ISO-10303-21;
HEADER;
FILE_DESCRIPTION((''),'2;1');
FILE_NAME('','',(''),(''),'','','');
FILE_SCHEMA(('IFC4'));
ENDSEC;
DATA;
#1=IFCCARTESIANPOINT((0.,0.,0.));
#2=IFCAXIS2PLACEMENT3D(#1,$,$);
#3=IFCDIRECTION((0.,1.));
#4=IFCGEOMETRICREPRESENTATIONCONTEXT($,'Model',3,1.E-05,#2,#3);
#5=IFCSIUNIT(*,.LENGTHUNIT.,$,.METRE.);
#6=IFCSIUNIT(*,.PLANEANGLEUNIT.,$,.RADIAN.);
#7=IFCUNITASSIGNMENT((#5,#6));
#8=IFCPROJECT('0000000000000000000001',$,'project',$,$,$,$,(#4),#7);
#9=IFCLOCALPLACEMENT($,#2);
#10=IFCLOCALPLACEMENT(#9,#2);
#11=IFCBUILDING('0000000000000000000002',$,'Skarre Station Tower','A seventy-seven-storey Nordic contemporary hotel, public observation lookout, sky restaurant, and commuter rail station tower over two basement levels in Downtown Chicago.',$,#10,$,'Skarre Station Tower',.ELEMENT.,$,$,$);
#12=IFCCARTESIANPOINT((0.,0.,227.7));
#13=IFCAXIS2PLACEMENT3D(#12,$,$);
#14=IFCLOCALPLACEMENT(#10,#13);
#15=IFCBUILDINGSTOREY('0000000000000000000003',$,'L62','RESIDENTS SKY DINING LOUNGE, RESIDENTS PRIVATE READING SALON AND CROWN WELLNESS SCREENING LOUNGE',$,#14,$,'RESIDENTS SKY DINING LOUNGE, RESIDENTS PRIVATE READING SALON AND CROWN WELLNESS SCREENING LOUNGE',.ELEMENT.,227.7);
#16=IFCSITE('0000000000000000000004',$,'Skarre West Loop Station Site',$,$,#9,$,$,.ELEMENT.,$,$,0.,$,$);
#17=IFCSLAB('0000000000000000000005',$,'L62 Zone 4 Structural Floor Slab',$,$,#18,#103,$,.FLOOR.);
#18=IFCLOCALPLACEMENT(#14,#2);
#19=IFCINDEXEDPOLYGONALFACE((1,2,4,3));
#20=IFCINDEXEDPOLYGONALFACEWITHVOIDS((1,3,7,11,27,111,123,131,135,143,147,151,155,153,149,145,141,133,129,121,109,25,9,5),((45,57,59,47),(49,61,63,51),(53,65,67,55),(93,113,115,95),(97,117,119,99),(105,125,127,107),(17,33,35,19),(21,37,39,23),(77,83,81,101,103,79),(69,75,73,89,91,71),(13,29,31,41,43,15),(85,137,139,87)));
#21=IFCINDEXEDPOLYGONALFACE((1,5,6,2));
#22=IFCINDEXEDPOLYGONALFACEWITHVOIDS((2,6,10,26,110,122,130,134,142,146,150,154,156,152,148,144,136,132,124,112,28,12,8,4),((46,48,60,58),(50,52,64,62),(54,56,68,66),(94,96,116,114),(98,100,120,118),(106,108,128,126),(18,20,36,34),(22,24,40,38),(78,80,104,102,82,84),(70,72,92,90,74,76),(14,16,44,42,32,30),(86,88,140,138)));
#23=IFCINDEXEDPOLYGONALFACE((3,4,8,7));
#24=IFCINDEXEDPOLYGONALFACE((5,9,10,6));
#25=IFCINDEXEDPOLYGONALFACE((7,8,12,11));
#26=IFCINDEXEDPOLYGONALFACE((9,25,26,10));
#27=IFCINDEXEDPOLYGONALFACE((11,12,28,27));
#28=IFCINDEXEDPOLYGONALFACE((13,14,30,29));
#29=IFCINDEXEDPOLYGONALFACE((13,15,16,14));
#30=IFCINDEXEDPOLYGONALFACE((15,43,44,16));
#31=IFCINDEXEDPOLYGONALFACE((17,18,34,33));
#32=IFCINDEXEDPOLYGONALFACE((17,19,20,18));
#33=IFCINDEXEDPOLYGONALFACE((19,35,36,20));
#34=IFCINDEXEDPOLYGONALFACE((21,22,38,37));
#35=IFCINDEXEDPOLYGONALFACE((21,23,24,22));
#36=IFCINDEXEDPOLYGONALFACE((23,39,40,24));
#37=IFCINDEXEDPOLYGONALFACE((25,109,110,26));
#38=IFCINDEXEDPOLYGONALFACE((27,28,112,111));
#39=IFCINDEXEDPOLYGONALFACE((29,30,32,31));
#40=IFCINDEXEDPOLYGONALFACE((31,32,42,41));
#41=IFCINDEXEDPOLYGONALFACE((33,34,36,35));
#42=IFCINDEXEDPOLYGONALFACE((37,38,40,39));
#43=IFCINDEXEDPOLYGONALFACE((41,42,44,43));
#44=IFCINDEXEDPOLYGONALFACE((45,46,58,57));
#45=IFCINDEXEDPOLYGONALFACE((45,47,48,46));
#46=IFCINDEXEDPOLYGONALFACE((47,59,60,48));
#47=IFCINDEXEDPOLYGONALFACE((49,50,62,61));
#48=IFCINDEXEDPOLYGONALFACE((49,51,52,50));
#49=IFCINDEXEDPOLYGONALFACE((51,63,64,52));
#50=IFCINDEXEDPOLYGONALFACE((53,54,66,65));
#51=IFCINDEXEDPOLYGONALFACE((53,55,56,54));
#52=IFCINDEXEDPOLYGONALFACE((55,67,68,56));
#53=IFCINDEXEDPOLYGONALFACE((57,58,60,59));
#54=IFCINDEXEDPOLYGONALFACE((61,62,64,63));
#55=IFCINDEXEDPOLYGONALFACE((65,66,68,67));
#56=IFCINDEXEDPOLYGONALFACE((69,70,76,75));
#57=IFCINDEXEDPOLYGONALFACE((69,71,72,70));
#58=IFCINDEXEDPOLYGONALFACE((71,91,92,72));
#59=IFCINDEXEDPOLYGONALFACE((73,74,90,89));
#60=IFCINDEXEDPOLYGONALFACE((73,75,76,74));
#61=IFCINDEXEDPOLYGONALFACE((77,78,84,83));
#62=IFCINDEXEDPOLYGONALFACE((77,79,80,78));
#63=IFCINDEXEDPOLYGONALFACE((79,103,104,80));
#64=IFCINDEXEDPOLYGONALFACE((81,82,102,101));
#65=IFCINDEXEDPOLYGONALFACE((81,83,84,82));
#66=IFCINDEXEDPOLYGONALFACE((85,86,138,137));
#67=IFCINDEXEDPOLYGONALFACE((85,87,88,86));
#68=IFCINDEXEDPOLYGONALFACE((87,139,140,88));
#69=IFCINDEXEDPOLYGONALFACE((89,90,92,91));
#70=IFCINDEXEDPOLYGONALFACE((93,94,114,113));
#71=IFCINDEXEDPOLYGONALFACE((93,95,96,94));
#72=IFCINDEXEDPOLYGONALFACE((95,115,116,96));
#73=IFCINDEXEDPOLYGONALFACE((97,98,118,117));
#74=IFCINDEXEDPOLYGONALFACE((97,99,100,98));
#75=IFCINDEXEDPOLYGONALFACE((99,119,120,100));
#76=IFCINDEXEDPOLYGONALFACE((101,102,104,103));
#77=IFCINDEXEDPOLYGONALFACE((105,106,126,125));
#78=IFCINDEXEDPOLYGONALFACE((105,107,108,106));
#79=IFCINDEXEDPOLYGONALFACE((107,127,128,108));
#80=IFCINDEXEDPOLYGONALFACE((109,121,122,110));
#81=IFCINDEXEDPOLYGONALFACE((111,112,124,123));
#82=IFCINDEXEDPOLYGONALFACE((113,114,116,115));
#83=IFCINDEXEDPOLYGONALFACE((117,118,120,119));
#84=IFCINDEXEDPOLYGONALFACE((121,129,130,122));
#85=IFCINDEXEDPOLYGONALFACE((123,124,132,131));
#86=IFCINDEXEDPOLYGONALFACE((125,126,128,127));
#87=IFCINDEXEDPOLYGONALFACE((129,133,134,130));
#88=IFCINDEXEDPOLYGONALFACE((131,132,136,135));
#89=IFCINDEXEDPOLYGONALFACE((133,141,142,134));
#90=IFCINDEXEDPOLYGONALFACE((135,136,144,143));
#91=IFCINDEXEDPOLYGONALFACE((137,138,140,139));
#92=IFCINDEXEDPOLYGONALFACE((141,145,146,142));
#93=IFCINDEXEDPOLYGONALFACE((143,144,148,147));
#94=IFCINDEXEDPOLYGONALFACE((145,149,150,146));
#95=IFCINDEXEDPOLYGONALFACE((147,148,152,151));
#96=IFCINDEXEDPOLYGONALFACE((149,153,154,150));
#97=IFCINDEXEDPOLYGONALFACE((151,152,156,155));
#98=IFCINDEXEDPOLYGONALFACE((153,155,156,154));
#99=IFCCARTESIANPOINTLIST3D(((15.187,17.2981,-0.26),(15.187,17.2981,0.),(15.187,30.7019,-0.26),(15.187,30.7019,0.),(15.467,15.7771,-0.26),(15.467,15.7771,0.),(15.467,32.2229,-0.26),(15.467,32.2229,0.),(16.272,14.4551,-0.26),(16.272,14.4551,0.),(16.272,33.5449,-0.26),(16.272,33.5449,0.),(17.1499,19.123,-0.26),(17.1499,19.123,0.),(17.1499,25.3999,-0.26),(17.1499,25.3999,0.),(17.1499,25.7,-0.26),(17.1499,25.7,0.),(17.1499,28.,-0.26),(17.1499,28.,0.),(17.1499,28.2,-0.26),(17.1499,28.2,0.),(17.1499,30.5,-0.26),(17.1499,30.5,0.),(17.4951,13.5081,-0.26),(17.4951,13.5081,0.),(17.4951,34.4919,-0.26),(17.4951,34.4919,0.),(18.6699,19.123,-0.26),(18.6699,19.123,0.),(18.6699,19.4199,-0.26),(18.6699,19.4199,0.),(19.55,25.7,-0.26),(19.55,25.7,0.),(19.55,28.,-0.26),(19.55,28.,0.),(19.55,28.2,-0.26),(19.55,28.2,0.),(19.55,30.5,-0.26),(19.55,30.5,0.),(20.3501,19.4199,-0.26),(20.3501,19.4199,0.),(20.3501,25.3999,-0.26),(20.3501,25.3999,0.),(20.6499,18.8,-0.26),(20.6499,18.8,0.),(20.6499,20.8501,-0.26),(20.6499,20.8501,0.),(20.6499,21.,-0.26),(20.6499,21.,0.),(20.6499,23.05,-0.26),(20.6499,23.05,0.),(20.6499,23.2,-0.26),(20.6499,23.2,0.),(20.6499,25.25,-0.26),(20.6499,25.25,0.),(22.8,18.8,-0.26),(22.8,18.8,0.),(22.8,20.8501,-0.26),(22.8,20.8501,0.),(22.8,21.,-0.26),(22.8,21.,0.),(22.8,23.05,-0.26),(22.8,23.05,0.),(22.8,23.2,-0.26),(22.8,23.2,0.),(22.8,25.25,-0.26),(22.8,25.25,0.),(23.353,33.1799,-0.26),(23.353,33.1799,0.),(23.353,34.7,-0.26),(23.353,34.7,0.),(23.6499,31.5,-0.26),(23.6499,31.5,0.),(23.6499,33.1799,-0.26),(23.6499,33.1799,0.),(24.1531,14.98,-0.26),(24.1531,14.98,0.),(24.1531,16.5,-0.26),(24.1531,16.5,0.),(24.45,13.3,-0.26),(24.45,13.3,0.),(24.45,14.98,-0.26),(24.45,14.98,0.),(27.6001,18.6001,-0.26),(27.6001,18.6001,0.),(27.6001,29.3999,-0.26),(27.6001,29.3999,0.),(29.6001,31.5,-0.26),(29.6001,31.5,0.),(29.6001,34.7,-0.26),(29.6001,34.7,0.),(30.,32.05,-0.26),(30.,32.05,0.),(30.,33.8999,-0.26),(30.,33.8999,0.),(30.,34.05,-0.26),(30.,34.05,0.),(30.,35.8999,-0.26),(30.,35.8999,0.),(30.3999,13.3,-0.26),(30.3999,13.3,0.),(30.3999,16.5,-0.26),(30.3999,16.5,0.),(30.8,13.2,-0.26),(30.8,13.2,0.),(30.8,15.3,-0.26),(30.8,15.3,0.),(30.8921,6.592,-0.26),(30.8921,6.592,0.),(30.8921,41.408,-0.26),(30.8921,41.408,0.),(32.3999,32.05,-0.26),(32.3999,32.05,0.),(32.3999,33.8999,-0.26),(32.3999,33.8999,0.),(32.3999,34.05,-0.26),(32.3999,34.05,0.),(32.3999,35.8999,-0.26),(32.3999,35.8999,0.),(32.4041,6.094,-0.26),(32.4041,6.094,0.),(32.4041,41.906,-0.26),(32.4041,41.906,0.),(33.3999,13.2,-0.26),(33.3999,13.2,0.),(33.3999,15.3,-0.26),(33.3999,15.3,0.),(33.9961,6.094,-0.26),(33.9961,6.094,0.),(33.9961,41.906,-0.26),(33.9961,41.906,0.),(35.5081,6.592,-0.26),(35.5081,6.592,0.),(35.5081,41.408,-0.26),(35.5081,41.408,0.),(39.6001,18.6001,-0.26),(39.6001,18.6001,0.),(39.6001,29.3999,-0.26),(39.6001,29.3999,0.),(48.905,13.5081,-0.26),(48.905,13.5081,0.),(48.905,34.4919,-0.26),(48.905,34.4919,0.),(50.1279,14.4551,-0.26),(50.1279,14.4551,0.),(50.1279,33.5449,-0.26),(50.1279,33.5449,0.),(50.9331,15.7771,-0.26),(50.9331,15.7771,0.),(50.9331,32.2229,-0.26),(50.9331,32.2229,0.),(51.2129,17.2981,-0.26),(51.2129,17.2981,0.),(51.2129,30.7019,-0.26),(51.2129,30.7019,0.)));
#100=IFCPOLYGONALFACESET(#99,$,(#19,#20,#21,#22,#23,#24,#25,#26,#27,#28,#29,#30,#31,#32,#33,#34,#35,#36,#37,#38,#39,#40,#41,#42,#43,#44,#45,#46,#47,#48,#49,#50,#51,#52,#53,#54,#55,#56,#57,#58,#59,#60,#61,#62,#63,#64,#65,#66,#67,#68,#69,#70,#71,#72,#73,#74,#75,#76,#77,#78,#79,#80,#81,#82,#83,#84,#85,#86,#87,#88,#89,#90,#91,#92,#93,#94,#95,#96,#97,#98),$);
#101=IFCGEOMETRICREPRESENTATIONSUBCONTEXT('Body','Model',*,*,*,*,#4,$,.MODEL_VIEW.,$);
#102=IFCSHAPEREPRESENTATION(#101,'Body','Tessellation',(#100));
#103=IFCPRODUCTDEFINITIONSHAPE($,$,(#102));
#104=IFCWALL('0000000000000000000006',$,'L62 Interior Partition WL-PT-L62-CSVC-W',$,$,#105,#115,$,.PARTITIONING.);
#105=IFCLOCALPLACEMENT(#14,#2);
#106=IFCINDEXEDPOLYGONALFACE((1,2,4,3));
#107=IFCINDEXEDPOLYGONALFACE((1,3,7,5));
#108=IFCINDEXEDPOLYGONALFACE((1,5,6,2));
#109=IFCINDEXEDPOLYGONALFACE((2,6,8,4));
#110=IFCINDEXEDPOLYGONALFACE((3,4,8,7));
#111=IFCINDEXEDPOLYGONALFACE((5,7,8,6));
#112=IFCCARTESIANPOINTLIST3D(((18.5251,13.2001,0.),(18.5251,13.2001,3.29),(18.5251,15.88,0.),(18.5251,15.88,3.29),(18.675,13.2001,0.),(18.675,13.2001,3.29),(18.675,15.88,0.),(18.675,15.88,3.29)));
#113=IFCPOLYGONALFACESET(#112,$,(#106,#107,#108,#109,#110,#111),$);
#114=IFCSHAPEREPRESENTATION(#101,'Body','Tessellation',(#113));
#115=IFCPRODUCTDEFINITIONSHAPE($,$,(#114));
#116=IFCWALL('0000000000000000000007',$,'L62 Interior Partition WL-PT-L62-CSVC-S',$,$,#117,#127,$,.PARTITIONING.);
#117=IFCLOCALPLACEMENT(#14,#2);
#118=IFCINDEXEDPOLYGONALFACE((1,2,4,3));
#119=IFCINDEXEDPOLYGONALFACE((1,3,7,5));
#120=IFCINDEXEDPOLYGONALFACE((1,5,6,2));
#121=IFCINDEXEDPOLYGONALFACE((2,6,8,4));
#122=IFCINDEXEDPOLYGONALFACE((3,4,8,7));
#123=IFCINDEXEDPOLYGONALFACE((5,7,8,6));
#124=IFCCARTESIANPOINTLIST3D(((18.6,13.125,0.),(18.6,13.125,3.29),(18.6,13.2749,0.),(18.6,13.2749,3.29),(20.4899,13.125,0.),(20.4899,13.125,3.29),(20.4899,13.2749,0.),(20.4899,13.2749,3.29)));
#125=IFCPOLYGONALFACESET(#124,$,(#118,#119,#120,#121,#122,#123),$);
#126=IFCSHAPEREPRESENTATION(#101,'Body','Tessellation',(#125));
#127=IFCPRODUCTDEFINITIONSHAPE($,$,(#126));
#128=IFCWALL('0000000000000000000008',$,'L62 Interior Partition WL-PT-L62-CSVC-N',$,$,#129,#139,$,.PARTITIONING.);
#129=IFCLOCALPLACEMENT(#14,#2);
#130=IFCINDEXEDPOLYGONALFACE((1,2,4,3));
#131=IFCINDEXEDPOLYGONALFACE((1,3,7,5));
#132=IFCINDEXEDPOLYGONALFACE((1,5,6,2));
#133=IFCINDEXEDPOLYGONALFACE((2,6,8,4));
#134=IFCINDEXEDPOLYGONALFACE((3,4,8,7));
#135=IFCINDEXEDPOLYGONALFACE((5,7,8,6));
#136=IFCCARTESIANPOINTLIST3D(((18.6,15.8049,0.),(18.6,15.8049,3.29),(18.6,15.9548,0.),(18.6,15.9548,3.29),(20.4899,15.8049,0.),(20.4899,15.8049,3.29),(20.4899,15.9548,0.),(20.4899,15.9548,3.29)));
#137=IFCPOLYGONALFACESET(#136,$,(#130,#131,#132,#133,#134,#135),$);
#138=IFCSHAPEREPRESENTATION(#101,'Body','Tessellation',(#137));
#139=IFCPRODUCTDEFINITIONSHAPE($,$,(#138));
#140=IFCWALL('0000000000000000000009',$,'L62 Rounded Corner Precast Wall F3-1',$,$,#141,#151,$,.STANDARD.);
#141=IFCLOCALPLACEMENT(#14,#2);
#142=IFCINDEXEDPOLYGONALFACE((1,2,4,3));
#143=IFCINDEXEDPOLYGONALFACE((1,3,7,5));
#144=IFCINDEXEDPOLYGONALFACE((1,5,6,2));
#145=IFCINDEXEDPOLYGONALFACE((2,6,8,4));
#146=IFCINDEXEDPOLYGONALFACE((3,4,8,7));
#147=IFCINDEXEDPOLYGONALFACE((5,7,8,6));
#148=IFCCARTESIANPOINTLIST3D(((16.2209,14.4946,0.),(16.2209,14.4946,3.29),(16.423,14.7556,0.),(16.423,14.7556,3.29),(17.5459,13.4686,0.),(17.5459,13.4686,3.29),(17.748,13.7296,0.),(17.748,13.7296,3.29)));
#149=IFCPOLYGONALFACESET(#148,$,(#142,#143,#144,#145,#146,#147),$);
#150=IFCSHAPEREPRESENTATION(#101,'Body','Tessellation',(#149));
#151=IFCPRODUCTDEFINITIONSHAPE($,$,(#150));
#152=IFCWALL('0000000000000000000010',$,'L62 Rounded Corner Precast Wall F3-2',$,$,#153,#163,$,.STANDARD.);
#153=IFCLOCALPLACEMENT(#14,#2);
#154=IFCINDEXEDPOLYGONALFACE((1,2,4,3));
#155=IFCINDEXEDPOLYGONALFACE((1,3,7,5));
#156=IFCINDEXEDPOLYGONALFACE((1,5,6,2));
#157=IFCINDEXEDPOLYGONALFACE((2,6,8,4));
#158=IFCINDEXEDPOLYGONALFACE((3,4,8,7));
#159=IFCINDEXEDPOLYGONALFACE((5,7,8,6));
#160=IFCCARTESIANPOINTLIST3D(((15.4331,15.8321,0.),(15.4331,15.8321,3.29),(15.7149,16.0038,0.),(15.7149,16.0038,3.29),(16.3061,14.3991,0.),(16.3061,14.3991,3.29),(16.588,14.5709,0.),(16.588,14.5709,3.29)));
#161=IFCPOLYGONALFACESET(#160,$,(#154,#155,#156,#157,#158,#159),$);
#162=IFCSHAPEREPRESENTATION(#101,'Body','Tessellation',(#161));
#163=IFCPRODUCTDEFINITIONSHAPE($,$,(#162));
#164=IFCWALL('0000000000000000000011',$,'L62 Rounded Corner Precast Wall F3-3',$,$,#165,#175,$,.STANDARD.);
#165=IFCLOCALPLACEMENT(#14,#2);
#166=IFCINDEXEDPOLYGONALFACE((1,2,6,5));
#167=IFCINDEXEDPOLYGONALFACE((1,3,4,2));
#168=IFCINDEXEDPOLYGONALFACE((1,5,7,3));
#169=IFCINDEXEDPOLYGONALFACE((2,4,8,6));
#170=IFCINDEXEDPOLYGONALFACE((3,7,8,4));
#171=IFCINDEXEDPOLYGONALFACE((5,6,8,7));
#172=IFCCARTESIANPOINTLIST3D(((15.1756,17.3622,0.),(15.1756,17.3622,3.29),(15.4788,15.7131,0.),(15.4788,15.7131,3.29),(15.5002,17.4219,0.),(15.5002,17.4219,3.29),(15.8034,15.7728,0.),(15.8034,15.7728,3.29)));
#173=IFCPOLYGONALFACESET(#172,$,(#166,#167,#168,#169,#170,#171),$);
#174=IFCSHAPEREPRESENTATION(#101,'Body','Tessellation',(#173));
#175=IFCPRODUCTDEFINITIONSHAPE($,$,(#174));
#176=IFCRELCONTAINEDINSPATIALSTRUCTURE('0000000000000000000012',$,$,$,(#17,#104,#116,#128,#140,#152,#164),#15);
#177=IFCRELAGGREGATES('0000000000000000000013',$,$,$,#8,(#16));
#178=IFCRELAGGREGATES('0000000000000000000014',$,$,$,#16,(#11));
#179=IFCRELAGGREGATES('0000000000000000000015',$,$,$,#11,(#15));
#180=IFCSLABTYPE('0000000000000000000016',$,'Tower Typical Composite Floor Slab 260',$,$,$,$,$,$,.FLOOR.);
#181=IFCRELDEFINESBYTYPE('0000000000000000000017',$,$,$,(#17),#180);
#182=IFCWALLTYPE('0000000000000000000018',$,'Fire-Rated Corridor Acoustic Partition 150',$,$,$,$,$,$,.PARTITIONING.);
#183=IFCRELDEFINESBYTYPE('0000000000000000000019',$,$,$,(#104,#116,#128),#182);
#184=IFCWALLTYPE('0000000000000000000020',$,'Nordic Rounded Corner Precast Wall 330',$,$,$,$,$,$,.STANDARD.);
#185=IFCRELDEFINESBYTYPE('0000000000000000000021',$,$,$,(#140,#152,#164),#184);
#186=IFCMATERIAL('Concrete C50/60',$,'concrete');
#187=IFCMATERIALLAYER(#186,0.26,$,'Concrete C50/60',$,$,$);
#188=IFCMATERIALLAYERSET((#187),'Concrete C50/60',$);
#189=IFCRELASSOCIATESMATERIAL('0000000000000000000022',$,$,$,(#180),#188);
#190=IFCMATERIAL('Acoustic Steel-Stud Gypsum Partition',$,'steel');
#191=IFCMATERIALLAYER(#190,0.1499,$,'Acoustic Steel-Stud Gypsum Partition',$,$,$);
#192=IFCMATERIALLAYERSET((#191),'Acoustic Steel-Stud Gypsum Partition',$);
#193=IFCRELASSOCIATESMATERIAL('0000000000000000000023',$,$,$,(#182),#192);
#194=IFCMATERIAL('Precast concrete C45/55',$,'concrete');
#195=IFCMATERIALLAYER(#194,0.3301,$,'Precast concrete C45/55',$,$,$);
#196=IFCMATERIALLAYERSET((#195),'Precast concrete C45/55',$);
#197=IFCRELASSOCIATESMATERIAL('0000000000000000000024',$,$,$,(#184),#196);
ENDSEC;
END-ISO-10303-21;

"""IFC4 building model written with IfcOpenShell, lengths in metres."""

from ifc_helpers import new_model, si_unit, direction, frame, frame_2d, origin, place, context, subcontext, project, spatial, polyline, rectangle, outline, extrude, material, layer, layer_set, type_object, element, save


model = new_model("IFC4")

# Units and contexts
model_context = context("Model", 3, precision=1e-05, world=origin(), true_north=direction((0.0, 1.0)))
body_context = subcontext(model_context, "Body", "Model", "MODEL_VIEW")
ifc_project = project(units=[si_unit("LENGTHUNIT", "METRE"), si_unit("PLANEANGLEUNIT", "RADIAN")], contexts=[model_context])

# Site, building, storey
site_placement = place(None, origin())
site = spatial("IfcSite", under=ifc_project, at=site_placement, Name="Skarre West Loop Station Site", CompositionType="ELEMENT", RefElevation=0.0)
building_placement = place(site_placement, origin())
building = spatial("IfcBuilding", under=site, at=building_placement, Name="Skarre Station Tower", Description="A seventy-seven-storey Nordic contemporary hotel, public observation lookout, sky restaurant, and commuter rail station tower over two basement levels in Downtown Chicago.", LongName="Skarre Station Tower", CompositionType="ELEMENT")
storey_placement = place(building_placement, frame((0.0, 0.0, 227.7)))
storey = spatial("IfcBuildingStorey", under=building, at=storey_placement, Name="L62", Description="RESIDENTS SKY DINING LOUNGE, RESIDENTS PRIVATE READING SALON AND CROWN WELLNESS SCREENING LOUNGE", LongName="RESIDENTS SKY DINING LOUNGE, RESIDENTS PRIVATE READING SALON AND CROWN WELLNESS SCREENING LOUNGE", CompositionType="ELEMENT", Elevation=227.7)

# Shared definitions
ifc_material_1 = material(Name="Concrete C50/60", Category="concrete")

# Slab
ifc_layer_1 = layer(ifc_material_1, 0.26, Name="Concrete C50/60")
ifc_layer_set_1 = layer_set([ifc_layer_1], Name="Concrete C50/60")
slab_type_1 = type_object("IfcSlabType", Name="Tower Typical Composite Floor Slab 260", PredefinedType="FLOOR", material=ifc_layer_set_1)
slab_1_placement = place(storey_placement, frame((0.0, 0.0, -0.26)))
element("IfcSlab", 1, at=slab_1_placement, inside=storey, type_object=slab_type_1, Name="L62 Zone 4 Structural Floor Slab", PredefinedType="FLOOR", context=body_context, shape_type="SweptSolid", body=[
    extrude(outline(polyline([(51.2129, 30.7019), (50.9331, 32.2229), (50.1279, 33.5449), (48.905, 34.4919), (35.5081, 41.408), (33.9961, 41.906), (32.4041, 41.906), (30.8921, 41.408), (17.4951, 34.4919), (16.272, 33.5449), (15.467, 32.2229), (15.187, 30.7019), (15.187, 17.2981), (15.467, 15.7771), (16.272, 14.4551), (17.4951, 13.5081), (30.8921, 6.592), (32.4041, 6.094), (33.9961, 6.094), (35.5081, 6.592), (48.905, 13.5081), (50.1279, 14.4551), (50.9331, 15.7771), (51.2129, 17.2981), (51.2129, 30.7019)]), holes=[polyline([(18.6699, 19.4199), (18.6699, 19.123), (17.1499, 19.123), (17.1499, 25.3999), (20.3501, 25.3999), (20.3501, 19.4199), (18.6699, 19.4199)]), polyline([(24.45, 14.98), (24.1531, 14.98), (24.1531, 16.5), (30.3999, 16.5), (30.3999, 13.3), (24.45, 13.3), (24.45, 14.98)]), polyline([(23.6499, 33.1799), (23.353, 33.1799), (23.353, 34.7), (29.6001, 34.7), (29.6001, 31.5), (23.6499, 31.5), (23.6499, 33.1799)]), polyline([(17.1499, 28.0), (19.55, 28.0), (19.55, 25.7), (17.1499, 25.7), (17.1499, 28.0)]), polyline([(17.1499, 30.5), (19.55, 30.5), (19.55, 28.2), (17.1499, 28.2), (17.1499, 30.5)]), polyline([(30.8, 15.3), (33.3999, 15.3), (33.3999, 13.2), (30.8, 13.2), (30.8, 15.3)]), polyline([(20.6499, 20.8501), (22.8, 20.8501), (22.8, 18.8), (20.6499, 18.8), (20.6499, 20.8501)]), polyline([(20.6499, 23.05), (22.8, 23.05), (22.8, 21.0), (20.6499, 21.0), (20.6499, 23.05)]), polyline([(20.6499, 25.25), (22.8, 25.25), (22.8, 23.2), (20.6499, 23.2), (20.6499, 25.25)]), polyline([(30.0, 33.8999), (32.3999, 33.8999), (32.3999, 32.05), (30.0, 32.05), (30.0, 33.8999)]), polyline([(30.0, 35.8999), (32.3999, 35.8999), (32.3999, 34.05), (30.0, 34.05), (30.0, 35.8999)]), polyline([(27.6001, 29.3999), (39.6001, 29.3999), (39.6001, 18.6001), (27.6001, 18.6001), (27.6001, 29.3999)])]), origin(), (0.0, 0.0, 1.0), 0.26),
])

# Walls
ifc_material_2 = material(Name="Acoustic Steel-Stud Gypsum Partition", Category="steel")
ifc_layer_2 = layer(ifc_material_2, 0.1499, Name="Acoustic Steel-Stud Gypsum Partition")
ifc_layer_set_2 = layer_set([ifc_layer_2], Name="Acoustic Steel-Stud Gypsum Partition")
wall_type_1 = type_object("IfcWallType", Name="Fire-Rated Corridor Acoustic Partition 150", PredefinedType="PARTITIONING", material=ifc_layer_set_2)
wall_1_placement = place(storey_placement, frame((18.6001, 15.8799, 0.0), z_axis=(0.0, 0.0, 1.0), x_axis=(0.0, -1.0, 0.0)))
element("IfcWall", 2, at=wall_1_placement, inside=storey, type_object=wall_type_1, Name="L62 Interior Partition WL-PT-L62-CSVC-W", PredefinedType="PARTITIONING", context=body_context, shape_type="SweptSolid", body=[
    extrude(rectangle(XDim=2.6799, YDim=0.1499, at=frame_2d((1.3398, 0.0))), origin(), (0.0, 0.0, 1.0), 3.29),
])
for number, where, z_axis, x_axis, name in (
    (3, (18.6001, 13.2, 0.0), (0.0, 0.0, 1.0), (1.0, 0.0, 0.0), "L62 Interior Partition WL-PT-L62-CSVC-S"),
    (4, (18.6001, 15.8799, 0.0), (0.0, 0.0, 1.0), (1.0, 0.0, 0.0), "L62 Interior Partition WL-PT-L62-CSVC-N"),
):
    element("IfcWall", number, at=place(storey_placement, frame(where, z_axis=z_axis, x_axis=x_axis)), inside=storey, type_object=wall_type_1, Name=name, PredefinedType="PARTITIONING", context=body_context, shape_type="SweptSolid", body=[
        extrude(rectangle(XDim=1.8899, YDim=0.1499, at=frame_2d((0.9448, 0.0))), origin(), (0.0, 0.0, 1.0), 3.29),
    ])
ifc_material_3 = material(Name="Precast concrete C45/55", Category="concrete")
ifc_layer_3 = layer(ifc_material_3, 0.3301, Name="Precast concrete C45/55")
ifc_layer_set_3 = layer_set([ifc_layer_3], Name="Precast concrete C45/55")
wall_type_2 = type_object("IfcWallType", Name="Nordic Rounded Corner Precast Wall 330", PredefinedType="STANDARD", material=ifc_layer_set_3)
wall_2_placement = place(storey_placement, frame((17.647, 13.5991, 0.0), z_axis=(0.0, 0.0, 1.0), x_axis=(-0.790692, 0.612214, 0.0)))
element("IfcWall", 5, at=wall_2_placement, inside=storey, type_object=wall_type_2, Name="L62 Rounded Corner Precast Wall F3-1", PredefinedType="STANDARD", context=body_context, shape_type="SweptSolid", body=[
    extrude(rectangle(XDim=1.6758, YDim=0.3301, at=frame_2d((0.8379, 0.0))), origin(), (0.0, 0.0, 1.0), 3.29),
])
wall_3_placement = place(storey_placement, frame((16.447, 14.4851, 0.0), z_axis=(0.0, 0.0, 1.0), x_axis=(-0.520325, 0.853968, 0.0)))
element("IfcWall", 6, at=wall_3_placement, inside=storey, type_object=wall_type_2, Name="L62 Rounded Corner Precast Wall F3-2", PredefinedType="STANDARD", context=body_context, shape_type="SweptSolid", body=[
    extrude(rectangle(XDim=1.678, YDim=0.3301, at=frame_2d((0.8389, 0.0))), origin(), (0.0, 0.0, 1.0), 3.29),
])
wall_4_placement = place(storey_placement, frame((15.6411, 15.7429, 0.0), z_axis=(0.0, 0.0, 1.0), x_axis=(-0.180833, 0.983514, 0.0)))
element("IfcWall", 7, at=wall_4_placement, inside=storey, type_object=wall_type_2, Name="L62 Rounded Corner Precast Wall F3-3", PredefinedType="STANDARD", context=body_context, shape_type="SweptSolid", body=[
    extrude(rectangle(XDim=1.6768, YDim=0.3301, at=frame_2d((0.8384, 0.0))), origin(), (0.0, 0.0, 1.0), 3.29),
])

save(model, "model.ifc")
